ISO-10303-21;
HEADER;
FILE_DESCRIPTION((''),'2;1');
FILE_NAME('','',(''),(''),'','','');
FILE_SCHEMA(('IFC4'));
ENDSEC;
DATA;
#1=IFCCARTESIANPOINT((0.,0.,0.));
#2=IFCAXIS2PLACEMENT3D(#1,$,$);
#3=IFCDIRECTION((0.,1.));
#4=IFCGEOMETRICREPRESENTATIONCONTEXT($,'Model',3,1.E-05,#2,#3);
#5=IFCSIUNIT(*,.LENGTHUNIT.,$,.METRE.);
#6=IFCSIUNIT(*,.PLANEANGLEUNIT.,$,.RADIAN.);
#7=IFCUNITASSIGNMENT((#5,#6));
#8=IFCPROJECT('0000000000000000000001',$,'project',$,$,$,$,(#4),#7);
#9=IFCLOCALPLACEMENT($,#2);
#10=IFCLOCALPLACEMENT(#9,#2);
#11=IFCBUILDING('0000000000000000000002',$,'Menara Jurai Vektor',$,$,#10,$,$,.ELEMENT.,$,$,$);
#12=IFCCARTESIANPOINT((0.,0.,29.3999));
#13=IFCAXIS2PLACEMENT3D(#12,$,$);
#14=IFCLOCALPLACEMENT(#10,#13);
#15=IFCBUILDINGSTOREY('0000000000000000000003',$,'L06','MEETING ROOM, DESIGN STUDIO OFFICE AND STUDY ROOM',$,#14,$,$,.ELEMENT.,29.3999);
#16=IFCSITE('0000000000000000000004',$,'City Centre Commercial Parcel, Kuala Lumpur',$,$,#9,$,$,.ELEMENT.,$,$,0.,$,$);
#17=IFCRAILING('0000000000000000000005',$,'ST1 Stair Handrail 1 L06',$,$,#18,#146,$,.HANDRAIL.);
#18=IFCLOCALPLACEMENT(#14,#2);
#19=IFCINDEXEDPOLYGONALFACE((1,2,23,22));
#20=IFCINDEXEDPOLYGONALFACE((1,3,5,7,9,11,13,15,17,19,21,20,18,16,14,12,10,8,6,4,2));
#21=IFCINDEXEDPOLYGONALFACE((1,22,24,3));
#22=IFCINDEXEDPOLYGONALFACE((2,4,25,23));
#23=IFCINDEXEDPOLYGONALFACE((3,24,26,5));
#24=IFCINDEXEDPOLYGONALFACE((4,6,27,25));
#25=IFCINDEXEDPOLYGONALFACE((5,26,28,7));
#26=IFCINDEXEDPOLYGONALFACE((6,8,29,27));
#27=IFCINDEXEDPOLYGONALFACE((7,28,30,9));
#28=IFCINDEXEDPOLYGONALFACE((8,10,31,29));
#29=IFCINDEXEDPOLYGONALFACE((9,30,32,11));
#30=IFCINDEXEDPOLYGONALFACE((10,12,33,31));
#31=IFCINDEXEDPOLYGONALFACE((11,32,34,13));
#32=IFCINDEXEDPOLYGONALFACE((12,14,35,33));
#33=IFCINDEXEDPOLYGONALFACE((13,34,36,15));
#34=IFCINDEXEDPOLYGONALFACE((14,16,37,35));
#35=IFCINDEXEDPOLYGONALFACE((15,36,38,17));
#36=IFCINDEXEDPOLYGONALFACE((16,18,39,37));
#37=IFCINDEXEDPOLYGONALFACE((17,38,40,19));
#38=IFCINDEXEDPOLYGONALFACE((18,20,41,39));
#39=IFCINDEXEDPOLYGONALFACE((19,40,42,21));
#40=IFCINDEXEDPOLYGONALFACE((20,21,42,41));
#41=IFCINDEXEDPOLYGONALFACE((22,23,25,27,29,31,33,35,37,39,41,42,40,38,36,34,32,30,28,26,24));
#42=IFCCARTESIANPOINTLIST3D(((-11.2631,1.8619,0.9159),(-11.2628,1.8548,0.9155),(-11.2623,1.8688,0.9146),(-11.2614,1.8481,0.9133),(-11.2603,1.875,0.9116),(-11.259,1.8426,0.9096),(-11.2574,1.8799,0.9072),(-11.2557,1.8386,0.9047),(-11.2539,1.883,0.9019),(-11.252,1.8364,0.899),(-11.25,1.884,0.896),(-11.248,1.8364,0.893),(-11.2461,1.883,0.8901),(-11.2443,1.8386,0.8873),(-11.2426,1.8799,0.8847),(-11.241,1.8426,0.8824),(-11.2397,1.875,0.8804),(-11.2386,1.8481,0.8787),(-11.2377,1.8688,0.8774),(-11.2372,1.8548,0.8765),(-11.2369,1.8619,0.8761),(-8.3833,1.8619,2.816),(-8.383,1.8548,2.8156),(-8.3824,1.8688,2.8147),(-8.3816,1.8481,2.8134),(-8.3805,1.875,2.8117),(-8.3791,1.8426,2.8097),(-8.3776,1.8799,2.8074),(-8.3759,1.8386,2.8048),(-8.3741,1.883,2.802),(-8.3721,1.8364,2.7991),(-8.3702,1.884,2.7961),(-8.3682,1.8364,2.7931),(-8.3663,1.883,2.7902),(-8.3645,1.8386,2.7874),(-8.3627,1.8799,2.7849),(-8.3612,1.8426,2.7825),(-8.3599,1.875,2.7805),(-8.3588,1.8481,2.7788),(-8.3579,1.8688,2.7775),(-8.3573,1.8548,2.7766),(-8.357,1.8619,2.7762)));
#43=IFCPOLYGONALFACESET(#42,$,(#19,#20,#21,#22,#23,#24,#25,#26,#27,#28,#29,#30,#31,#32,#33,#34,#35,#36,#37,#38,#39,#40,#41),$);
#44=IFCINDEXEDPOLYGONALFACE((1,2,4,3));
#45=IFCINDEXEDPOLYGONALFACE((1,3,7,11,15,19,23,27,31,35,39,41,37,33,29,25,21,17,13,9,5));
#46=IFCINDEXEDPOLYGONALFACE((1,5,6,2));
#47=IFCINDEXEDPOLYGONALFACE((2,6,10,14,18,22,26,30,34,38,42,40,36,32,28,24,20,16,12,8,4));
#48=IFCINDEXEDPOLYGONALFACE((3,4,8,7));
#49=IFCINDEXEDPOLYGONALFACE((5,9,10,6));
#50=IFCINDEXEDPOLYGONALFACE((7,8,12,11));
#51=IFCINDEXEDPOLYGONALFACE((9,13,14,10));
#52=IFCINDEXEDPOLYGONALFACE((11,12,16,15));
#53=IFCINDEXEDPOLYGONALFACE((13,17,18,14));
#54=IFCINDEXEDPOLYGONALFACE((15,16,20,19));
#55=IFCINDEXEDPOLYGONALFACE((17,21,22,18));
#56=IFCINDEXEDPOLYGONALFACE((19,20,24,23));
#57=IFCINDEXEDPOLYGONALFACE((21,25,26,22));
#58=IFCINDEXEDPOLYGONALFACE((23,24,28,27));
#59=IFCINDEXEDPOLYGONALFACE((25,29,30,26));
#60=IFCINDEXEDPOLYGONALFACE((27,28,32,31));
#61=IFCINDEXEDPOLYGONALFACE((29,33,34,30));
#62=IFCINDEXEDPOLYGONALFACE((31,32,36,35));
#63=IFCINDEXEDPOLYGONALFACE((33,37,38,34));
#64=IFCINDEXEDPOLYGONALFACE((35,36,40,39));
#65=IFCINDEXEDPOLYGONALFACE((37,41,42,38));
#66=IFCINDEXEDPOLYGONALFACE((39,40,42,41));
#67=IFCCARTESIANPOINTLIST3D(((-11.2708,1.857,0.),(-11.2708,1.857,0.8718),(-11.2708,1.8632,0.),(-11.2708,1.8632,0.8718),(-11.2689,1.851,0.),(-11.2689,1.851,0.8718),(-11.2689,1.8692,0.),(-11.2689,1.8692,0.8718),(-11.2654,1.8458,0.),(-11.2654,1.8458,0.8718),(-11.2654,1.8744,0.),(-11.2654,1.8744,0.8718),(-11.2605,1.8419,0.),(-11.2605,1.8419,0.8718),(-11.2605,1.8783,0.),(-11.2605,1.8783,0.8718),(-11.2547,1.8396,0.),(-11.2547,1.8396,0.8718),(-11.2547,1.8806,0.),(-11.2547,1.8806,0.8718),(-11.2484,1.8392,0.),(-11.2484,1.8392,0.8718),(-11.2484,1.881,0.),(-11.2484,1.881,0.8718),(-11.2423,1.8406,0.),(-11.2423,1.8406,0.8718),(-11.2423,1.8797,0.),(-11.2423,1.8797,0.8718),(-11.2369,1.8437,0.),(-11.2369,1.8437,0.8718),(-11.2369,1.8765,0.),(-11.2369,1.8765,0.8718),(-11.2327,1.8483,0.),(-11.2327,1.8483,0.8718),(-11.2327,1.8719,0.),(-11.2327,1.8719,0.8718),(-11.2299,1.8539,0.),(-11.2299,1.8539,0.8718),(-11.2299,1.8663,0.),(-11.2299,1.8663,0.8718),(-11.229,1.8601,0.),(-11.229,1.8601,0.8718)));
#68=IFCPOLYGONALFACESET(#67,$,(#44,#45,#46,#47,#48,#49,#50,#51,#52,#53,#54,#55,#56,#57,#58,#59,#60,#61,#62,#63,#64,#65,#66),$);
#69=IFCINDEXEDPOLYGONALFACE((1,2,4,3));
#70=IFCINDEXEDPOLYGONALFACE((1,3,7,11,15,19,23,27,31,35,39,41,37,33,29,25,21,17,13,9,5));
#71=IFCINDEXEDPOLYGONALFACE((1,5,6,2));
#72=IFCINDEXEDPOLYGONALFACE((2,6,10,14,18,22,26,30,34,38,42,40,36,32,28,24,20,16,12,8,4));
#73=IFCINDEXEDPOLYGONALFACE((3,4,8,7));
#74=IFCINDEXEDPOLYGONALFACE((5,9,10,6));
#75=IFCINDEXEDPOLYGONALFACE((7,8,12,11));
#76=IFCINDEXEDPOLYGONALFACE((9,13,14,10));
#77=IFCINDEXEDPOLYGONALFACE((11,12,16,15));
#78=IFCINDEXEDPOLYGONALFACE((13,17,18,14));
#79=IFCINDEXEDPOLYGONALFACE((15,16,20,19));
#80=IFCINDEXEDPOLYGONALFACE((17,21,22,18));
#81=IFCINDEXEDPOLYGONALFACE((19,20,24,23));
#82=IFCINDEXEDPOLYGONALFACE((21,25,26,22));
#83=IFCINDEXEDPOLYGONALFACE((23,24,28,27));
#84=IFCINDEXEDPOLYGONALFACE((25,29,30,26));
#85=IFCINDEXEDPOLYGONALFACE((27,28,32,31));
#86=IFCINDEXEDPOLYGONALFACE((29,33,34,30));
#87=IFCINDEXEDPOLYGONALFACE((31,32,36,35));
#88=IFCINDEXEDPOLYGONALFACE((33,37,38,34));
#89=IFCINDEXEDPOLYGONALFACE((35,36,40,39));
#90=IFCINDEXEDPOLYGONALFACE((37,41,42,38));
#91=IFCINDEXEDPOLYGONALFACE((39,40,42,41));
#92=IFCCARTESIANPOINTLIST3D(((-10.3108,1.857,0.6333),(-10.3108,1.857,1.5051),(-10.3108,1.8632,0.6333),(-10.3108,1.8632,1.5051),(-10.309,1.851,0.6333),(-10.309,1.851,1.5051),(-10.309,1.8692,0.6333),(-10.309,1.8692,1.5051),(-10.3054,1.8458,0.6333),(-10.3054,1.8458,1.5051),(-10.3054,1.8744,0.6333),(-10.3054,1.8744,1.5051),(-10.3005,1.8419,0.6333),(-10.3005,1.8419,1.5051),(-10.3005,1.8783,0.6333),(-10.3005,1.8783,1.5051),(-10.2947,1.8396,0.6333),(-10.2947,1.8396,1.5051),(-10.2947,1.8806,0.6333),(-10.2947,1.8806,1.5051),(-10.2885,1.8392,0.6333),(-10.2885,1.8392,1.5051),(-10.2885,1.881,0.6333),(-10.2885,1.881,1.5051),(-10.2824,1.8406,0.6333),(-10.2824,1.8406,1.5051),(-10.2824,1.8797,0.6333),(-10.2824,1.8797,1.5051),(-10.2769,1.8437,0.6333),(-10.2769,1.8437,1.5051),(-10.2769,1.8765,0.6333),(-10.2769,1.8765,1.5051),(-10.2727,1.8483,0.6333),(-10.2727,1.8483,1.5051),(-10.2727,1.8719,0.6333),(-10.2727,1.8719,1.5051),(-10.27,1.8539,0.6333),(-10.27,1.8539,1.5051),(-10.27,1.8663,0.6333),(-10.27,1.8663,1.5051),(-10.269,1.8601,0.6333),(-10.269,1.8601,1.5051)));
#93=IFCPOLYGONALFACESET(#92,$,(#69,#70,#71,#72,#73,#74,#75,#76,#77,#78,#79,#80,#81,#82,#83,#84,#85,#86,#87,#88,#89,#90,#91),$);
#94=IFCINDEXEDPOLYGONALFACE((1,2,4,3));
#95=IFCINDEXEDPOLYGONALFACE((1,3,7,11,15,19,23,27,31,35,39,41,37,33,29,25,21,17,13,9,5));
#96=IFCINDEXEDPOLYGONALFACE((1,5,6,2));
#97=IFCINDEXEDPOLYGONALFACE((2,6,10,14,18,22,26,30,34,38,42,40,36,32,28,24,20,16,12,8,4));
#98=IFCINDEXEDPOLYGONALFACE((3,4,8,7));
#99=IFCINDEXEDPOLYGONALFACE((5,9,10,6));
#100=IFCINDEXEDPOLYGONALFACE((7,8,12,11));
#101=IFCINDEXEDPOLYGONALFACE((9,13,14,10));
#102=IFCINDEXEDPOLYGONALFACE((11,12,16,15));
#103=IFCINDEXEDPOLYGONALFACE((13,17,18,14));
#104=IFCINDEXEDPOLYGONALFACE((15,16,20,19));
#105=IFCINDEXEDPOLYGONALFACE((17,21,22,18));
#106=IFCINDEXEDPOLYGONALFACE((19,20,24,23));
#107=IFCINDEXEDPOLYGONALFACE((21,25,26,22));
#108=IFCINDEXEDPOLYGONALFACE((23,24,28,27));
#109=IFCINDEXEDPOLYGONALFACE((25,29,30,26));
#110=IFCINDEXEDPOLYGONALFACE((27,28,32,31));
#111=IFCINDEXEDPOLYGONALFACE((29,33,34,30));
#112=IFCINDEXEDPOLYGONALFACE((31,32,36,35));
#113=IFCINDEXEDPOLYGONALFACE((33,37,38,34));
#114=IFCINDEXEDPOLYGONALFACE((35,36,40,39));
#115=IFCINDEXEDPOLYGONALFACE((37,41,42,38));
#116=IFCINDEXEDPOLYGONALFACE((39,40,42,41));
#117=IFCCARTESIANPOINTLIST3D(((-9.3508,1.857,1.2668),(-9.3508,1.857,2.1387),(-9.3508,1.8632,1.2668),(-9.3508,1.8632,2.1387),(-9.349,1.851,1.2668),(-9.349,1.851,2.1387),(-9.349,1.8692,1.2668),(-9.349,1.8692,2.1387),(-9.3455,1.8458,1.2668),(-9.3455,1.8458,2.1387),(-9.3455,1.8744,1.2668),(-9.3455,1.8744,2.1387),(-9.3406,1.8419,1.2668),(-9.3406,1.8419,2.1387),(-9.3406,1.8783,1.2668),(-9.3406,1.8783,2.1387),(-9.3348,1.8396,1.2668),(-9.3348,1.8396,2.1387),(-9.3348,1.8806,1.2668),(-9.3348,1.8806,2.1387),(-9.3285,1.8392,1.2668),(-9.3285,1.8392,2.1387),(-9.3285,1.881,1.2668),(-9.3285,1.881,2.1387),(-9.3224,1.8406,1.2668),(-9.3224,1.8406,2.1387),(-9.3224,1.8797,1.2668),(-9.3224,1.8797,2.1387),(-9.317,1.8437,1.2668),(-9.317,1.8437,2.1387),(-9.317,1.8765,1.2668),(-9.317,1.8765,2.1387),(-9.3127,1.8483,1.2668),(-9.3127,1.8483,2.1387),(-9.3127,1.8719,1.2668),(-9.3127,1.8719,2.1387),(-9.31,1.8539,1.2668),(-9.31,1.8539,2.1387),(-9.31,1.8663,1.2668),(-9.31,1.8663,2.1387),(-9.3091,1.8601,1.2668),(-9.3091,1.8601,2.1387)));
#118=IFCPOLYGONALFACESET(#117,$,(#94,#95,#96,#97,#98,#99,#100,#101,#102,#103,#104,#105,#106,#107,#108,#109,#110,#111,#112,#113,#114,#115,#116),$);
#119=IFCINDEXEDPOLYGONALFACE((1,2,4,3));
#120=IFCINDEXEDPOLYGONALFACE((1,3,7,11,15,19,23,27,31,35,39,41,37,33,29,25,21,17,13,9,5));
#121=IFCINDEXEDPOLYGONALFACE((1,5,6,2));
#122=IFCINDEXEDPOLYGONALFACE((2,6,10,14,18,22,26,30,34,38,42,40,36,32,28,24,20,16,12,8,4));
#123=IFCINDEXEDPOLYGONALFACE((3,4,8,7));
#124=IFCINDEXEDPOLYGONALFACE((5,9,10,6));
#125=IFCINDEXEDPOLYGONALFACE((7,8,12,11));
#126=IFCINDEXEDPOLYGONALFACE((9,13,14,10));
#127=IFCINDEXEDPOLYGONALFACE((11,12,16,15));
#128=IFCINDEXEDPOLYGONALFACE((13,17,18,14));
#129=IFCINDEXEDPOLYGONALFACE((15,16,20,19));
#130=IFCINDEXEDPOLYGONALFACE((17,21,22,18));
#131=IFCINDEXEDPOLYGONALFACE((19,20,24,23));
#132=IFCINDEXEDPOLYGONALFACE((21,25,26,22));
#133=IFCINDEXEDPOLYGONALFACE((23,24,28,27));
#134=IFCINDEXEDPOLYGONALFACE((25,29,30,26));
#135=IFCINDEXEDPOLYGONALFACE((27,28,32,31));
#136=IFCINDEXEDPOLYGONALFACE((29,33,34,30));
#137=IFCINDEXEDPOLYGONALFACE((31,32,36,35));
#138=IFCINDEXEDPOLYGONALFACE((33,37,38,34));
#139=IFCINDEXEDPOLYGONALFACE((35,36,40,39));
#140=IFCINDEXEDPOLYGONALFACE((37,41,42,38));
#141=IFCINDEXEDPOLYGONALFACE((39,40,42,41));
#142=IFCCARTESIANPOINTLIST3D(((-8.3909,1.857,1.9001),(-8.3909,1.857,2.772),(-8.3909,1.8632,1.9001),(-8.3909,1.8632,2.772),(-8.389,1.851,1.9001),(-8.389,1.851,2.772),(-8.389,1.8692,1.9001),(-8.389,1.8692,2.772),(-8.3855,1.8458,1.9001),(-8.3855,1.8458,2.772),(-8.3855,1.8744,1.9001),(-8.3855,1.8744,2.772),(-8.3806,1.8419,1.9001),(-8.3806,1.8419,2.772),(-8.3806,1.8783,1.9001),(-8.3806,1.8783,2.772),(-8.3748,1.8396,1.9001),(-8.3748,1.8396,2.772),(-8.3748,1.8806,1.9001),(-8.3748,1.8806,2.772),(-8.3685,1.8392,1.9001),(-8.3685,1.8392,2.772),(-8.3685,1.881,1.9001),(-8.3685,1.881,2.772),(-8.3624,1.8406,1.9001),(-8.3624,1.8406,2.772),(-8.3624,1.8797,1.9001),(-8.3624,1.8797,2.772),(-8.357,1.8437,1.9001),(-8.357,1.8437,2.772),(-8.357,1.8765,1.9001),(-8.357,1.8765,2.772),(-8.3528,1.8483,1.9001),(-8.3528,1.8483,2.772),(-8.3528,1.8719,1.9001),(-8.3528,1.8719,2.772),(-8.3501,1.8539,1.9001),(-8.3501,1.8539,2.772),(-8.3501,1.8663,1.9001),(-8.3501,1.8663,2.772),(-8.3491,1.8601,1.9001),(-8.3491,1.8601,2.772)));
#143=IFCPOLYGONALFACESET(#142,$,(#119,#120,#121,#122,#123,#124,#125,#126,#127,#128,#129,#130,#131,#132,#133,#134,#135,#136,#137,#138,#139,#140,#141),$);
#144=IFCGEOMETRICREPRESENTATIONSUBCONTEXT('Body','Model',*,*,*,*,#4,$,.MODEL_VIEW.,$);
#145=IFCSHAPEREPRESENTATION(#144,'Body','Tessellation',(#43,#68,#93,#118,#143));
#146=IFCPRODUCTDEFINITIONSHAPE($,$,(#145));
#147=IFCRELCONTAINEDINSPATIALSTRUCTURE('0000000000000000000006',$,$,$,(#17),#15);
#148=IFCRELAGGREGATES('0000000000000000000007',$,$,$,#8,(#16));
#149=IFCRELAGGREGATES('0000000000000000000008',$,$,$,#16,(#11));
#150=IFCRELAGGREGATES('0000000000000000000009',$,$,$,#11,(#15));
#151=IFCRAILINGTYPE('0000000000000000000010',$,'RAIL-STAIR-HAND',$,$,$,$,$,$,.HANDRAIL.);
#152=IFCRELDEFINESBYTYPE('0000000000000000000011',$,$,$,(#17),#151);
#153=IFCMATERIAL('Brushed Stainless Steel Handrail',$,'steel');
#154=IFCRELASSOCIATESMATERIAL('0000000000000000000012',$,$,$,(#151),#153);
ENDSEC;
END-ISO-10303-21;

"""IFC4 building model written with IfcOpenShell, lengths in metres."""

from ifc_helpers import new_model, si_unit, direction, frame, origin, origin_2d, place, context, subcontext, project, spatial, circle, extrude, material, type_object, element, save


model = new_model("IFC4")

# Units and contexts
model_context = context("Model", 3, precision=1e-05, world=origin(), true_north=direction((0.0, 1.0)))
body_context = subcontext(model_context, "Body", "Model", "MODEL_VIEW")
ifc_project = project(units=[si_unit("LENGTHUNIT", "METRE"), si_unit("PLANEANGLEUNIT", "RADIAN")], contexts=[model_context])

# Site, building, storey
site_placement = place(None, origin())
site = spatial("IfcSite", under=ifc_project, at=site_placement, Name="City Centre Commercial Parcel, Kuala Lumpur", CompositionType="ELEMENT", RefElevation=0.0)
building_placement = place(site_placement, origin())
building = spatial("IfcBuilding", under=site, at=building_placement, Name="Menara Jurai Vektor", CompositionType="ELEMENT")
storey_placement = place(building_placement, frame((0.0, 0.0, 29.3999)))
storey = spatial("IfcBuildingStorey", under=building, at=storey_placement, Name="L06", Description="MEETING ROOM, DESIGN STUDIO OFFICE AND STUDY ROOM", CompositionType="ELEMENT", Elevation=29.3999)

# Railing
ifc_material_1 = material(Name="Brushed Stainless Steel Handrail", Category="steel")
railing_type_1 = type_object("IfcRailingType", Name="RAIL-STAIR-HAND", PredefinedType="HANDRAIL", material=ifc_material_1)
railing_1_placement = place(storey_placement, frame((-11.25, 1.8601, 0.0)))
element("IfcRailing", 1, at=railing_1_placement, inside=storey, type_object=railing_type_1, Name="ST1 Stair Handrail 1 L06", PredefinedType="HANDRAIL", context=body_context, shape_type="SweptSolid", body=[
    extrude(circle(Radius=0.0239, at=origin_2d()), frame((0.0, 0.0, 0.896), z_axis=(0.834686, 0.0, 0.550726), x_axis=(0.0, 1.0, 0.0)), (0.0, 0.0, 1.0), 3.4502),
    extrude(circle(Radius=0.021, at=origin_2d()), origin(), (0.0, 0.0, 1.0), 0.8718),
    extrude(circle(Radius=0.021, at=origin_2d()), frame((0.96, 0.0, 0.6333)), (0.0, 0.0, 1.0), 0.8718),
    extrude(circle(Radius=0.021, at=origin_2d()), frame((1.9199, 0.0, 1.2668)), (0.0, 0.0, 1.0), 0.8718),
    extrude(circle(Radius=0.021, at=origin_2d()), frame((2.8799, 0.0, 1.9001)), (0.0, 0.0, 1.0), 0.8718),
])

save(model, "model.ifc")
